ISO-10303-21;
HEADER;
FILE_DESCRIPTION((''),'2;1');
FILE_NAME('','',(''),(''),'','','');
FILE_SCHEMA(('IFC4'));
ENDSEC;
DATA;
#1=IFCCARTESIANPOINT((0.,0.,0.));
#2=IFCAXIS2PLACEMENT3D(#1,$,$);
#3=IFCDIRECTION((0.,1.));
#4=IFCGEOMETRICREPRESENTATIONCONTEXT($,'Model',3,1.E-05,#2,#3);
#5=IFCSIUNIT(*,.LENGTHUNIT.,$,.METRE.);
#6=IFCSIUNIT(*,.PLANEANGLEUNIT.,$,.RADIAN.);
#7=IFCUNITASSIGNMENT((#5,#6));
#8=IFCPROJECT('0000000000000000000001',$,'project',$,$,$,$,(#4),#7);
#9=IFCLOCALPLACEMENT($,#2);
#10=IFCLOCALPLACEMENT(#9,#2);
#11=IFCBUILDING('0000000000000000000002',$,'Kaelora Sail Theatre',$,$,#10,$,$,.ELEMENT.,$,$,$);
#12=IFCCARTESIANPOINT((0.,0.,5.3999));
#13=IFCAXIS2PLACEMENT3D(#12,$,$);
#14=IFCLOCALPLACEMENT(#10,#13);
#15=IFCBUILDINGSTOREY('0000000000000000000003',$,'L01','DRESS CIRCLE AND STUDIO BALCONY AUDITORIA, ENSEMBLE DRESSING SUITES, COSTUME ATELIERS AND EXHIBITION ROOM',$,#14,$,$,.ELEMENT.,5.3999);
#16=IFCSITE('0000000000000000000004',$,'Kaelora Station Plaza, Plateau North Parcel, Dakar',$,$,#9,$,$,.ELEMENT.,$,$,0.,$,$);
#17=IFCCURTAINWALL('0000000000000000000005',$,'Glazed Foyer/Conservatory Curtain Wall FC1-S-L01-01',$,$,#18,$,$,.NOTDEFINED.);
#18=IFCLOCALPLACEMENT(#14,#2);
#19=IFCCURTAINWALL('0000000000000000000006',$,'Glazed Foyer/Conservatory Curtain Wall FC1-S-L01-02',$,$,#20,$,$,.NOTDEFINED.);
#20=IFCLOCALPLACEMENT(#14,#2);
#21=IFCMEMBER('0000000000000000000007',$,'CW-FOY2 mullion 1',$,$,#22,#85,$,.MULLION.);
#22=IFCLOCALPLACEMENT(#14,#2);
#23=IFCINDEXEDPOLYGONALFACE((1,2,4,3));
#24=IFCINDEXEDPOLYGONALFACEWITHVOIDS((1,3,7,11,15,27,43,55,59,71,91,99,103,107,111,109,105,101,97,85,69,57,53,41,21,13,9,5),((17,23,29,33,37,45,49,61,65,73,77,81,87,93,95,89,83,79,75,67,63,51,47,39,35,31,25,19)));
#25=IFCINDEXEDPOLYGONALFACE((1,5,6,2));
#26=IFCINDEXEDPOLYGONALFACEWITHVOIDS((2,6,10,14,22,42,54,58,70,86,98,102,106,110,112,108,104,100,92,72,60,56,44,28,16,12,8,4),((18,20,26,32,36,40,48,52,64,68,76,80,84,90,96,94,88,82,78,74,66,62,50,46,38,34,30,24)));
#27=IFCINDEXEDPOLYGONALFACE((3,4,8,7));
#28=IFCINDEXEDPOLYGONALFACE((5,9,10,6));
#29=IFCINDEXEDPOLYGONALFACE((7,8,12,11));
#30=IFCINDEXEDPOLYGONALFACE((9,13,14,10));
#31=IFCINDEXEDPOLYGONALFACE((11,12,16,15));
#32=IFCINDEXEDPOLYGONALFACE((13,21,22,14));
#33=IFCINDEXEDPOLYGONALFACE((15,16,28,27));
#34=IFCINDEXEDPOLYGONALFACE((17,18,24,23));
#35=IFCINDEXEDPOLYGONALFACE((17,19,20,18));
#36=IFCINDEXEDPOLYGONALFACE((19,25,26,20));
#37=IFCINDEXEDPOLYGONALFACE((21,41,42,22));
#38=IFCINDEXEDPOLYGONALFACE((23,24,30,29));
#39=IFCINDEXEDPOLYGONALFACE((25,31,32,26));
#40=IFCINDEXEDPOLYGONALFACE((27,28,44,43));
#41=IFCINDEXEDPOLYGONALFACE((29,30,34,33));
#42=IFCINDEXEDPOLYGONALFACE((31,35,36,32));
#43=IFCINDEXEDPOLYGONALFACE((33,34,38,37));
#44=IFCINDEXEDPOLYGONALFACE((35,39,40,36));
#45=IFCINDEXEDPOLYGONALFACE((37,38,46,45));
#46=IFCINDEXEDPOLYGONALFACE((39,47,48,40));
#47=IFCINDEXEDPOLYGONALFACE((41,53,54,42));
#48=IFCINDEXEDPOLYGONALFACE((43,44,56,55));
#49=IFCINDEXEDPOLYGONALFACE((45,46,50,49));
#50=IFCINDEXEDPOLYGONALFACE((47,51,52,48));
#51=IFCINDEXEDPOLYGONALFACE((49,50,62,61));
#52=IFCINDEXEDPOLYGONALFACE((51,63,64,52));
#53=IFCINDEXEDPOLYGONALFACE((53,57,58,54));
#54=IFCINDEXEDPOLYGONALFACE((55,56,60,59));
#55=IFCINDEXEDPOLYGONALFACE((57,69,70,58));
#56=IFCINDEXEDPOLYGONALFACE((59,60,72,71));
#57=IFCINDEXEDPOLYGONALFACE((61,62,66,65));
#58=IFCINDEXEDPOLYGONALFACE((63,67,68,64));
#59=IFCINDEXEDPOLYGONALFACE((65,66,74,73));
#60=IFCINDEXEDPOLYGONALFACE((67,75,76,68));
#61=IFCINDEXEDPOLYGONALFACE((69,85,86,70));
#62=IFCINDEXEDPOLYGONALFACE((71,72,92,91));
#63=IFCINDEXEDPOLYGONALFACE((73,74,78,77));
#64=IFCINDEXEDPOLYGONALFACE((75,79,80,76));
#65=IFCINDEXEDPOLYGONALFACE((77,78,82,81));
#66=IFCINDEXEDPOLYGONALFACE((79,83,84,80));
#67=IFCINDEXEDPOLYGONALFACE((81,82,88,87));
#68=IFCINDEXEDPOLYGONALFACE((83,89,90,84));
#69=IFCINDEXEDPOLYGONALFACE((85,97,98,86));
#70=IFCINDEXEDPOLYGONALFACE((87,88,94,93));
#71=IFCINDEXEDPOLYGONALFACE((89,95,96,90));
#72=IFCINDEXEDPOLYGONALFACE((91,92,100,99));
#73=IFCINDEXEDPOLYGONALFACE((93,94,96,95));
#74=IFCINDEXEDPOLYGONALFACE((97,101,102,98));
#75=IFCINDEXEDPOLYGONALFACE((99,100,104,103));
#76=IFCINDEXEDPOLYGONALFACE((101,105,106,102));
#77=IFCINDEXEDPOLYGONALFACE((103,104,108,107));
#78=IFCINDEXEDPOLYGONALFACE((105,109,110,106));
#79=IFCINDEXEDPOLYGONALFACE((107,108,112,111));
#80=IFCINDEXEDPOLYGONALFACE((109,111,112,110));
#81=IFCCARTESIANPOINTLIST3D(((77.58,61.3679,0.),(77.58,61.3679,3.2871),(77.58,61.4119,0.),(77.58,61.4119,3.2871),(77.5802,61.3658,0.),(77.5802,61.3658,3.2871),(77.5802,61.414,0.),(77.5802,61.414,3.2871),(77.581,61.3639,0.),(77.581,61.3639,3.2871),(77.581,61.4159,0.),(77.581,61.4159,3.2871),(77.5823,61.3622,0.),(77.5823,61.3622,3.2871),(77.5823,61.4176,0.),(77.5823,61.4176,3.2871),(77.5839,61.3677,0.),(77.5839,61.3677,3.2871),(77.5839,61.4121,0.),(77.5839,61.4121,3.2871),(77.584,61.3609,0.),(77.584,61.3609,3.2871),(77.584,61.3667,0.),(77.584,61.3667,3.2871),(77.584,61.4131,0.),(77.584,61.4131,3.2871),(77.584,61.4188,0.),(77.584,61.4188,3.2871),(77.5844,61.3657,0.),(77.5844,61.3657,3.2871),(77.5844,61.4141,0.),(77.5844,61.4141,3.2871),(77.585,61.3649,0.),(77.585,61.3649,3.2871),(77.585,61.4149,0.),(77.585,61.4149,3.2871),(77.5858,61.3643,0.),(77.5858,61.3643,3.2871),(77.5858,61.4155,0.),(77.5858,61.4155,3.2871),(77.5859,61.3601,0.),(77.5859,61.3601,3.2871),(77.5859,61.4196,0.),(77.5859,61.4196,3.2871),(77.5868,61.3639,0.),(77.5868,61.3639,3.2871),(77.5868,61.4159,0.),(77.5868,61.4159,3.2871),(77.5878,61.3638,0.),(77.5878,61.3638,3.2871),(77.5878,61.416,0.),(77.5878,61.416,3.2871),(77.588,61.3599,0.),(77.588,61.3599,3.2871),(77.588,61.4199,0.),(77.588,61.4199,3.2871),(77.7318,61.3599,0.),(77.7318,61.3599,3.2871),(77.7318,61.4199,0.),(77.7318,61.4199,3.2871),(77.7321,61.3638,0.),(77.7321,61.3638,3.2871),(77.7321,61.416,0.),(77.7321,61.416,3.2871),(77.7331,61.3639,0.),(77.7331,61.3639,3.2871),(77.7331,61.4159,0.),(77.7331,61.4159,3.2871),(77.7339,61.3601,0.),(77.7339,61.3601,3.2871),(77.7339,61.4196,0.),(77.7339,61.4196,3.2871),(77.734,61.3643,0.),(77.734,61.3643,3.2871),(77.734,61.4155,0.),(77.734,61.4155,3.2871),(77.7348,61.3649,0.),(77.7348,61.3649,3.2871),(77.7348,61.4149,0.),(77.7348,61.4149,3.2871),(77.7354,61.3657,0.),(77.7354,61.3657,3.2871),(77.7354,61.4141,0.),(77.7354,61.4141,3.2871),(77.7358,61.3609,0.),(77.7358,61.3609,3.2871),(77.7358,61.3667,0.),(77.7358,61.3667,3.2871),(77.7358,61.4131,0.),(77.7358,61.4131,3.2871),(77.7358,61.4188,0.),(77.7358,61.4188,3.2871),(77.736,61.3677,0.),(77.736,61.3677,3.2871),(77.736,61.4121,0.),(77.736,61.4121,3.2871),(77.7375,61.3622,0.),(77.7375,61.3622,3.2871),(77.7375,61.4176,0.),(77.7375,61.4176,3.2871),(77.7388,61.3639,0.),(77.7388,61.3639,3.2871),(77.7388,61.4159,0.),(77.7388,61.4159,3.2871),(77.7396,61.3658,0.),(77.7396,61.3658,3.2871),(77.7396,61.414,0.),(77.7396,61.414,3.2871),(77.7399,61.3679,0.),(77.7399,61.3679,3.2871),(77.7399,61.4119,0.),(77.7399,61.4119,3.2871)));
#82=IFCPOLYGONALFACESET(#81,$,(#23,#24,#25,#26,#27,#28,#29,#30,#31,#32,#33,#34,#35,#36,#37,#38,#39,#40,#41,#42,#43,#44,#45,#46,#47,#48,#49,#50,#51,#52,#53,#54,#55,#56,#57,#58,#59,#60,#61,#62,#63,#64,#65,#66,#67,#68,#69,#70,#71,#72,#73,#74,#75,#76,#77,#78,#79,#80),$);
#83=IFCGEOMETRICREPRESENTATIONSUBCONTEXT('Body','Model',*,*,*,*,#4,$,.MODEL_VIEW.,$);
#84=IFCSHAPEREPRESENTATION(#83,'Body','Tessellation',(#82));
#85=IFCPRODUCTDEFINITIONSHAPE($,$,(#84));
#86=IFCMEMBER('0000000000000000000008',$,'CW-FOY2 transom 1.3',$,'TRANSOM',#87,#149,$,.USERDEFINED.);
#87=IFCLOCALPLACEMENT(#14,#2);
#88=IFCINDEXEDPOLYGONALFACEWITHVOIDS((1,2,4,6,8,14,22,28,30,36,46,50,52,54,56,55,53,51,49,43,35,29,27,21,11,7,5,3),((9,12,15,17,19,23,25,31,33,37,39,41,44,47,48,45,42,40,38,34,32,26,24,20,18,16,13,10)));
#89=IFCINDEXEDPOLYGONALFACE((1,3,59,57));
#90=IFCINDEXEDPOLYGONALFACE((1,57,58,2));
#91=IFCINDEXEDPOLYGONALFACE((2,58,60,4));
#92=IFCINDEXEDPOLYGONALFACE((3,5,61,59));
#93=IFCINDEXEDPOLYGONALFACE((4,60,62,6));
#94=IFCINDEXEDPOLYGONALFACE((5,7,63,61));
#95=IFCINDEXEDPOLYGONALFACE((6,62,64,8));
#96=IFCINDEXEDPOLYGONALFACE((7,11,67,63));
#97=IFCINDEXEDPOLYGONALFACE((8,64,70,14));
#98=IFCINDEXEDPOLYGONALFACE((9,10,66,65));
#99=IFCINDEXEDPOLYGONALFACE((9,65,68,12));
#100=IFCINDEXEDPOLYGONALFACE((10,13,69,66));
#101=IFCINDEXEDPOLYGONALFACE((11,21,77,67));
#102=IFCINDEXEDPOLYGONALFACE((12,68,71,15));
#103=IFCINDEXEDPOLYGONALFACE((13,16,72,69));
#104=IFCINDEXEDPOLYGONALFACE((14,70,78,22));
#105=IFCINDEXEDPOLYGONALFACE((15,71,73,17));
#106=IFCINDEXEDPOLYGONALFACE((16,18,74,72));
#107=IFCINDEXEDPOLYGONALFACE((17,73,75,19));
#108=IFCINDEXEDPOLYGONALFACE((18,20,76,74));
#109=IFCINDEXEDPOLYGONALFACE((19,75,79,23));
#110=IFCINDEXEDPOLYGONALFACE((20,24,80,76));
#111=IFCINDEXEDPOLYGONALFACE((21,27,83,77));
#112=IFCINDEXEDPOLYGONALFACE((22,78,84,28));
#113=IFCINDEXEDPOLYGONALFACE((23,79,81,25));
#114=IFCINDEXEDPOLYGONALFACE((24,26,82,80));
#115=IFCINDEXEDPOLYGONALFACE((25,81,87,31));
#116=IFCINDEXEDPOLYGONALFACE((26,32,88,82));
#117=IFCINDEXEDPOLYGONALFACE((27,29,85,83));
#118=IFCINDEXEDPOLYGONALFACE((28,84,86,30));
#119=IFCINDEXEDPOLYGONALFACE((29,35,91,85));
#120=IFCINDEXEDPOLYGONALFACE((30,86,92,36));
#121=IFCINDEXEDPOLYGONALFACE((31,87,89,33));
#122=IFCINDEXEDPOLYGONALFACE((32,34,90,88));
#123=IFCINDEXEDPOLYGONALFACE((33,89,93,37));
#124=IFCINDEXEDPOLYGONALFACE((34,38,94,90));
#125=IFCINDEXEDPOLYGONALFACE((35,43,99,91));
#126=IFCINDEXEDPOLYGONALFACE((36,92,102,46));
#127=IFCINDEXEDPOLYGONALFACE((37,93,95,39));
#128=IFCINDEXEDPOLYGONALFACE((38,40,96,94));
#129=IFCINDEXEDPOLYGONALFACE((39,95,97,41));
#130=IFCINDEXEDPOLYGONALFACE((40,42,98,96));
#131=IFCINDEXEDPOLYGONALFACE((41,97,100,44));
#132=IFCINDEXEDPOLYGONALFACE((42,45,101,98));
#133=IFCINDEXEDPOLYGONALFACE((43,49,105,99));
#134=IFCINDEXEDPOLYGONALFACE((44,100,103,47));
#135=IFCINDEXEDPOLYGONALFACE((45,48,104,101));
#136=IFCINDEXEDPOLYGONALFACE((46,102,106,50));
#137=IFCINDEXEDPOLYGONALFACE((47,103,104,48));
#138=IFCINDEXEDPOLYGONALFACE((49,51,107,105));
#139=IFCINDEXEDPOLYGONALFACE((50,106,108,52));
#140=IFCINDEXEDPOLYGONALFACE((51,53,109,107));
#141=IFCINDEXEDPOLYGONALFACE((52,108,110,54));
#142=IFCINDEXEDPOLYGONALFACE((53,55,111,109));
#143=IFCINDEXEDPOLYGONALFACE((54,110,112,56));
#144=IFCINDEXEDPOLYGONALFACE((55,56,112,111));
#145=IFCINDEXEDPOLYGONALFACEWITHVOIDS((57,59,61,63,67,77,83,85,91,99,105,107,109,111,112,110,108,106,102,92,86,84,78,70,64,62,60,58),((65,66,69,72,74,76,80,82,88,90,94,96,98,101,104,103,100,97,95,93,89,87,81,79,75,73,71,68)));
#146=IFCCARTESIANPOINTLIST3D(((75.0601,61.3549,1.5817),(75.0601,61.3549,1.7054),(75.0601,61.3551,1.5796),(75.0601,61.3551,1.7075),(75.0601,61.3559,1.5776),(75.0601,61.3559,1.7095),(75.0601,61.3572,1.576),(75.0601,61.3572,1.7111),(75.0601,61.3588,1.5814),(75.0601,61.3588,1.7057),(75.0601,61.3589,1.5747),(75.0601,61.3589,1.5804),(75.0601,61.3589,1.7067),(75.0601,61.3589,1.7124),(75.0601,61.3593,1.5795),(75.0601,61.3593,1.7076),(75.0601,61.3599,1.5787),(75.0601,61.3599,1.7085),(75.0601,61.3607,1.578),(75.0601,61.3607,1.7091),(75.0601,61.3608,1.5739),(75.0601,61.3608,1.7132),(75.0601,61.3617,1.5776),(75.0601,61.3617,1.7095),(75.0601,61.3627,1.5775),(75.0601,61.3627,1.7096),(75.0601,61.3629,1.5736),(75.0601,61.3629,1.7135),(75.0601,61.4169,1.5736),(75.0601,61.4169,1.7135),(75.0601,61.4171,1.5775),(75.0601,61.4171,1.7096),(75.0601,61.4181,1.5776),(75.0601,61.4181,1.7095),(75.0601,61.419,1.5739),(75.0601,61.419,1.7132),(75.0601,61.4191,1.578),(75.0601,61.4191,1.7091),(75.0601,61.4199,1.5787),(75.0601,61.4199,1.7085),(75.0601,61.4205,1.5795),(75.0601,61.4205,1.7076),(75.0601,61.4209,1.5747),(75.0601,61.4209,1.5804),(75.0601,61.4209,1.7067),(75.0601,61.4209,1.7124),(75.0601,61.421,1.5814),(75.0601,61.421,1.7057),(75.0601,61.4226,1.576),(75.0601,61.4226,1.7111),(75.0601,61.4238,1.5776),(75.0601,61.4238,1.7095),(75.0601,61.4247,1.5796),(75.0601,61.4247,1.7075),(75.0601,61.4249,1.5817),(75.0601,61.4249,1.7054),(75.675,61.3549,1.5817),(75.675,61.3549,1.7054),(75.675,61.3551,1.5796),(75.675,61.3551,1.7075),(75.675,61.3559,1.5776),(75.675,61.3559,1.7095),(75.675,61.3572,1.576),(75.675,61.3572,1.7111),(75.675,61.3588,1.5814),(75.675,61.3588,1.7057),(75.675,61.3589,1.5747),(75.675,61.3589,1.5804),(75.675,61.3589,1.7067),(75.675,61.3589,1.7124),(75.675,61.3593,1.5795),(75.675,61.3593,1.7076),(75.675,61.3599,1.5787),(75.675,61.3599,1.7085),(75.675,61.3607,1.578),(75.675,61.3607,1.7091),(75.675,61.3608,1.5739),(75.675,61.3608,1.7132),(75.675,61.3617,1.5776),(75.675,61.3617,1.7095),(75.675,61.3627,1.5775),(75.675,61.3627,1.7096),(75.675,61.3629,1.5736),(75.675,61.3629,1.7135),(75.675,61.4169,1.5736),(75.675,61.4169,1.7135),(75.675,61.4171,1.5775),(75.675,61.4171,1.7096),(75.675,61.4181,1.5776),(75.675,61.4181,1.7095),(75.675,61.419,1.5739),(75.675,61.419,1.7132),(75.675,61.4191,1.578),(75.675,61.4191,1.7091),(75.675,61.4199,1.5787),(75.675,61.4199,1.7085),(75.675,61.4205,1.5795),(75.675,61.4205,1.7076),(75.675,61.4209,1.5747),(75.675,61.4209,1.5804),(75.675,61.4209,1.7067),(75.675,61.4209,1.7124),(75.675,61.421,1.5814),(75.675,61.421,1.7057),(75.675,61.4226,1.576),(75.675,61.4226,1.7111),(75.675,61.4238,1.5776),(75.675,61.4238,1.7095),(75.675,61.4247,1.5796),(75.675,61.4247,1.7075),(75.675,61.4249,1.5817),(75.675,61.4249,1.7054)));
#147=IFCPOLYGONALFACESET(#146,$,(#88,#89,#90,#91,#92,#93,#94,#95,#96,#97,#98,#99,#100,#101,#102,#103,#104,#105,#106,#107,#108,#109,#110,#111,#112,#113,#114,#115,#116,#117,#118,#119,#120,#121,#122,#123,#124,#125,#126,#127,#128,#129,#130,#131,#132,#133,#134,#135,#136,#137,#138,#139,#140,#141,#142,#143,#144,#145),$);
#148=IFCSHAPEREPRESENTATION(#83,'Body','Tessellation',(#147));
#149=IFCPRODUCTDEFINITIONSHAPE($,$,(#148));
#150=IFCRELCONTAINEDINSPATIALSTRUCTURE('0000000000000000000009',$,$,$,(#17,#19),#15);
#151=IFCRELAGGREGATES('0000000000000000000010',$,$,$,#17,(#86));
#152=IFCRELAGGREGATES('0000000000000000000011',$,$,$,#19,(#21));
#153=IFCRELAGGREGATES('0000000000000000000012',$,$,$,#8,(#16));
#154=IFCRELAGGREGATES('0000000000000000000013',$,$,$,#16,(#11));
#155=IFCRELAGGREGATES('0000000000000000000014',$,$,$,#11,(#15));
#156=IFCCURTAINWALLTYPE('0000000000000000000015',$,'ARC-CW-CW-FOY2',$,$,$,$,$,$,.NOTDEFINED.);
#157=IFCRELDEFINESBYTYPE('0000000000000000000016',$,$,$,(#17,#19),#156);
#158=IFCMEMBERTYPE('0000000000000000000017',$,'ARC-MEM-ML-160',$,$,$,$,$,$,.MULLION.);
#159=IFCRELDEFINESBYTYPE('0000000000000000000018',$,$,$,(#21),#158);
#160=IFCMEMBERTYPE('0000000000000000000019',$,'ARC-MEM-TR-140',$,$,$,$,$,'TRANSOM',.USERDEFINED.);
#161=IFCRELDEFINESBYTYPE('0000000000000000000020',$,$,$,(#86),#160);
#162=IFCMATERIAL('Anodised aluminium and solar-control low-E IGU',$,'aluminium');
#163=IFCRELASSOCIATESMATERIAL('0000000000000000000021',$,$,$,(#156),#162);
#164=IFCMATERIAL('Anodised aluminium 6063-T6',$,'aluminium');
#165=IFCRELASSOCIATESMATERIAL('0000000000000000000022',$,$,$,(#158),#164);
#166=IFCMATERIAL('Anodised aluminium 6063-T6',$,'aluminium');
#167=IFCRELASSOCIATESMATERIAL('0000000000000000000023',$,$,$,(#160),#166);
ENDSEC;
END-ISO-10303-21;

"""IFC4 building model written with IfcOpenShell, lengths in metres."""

from ifc_helpers import new_model, si_unit, direction, frame, origin, origin_2d, place, context, subcontext, project, spatial, hollow_rectangle, extrude, material, material_profile, profile_set, type_object, element, aggregate, save


model = new_model("IFC4")

# Units and contexts
model_context = context("Model", 3, precision=1e-05, world=origin(), true_north=direction((0.0, 1.0)))
body_context = subcontext(model_context, "Body", "Model", "MODEL_VIEW")
ifc_project = project(units=[si_unit("LENGTHUNIT", "METRE"), si_unit("PLANEANGLEUNIT", "RADIAN")], contexts=[model_context])

# Site, building, storey
site_placement = place(None, origin())
site = spatial("IfcSite", under=ifc_project, at=site_placement, Name="Kaelora Station Plaza, Plateau North Parcel, Dakar", CompositionType="ELEMENT", RefElevation=0.0)
building_placement = place(site_placement, origin())
building = spatial("IfcBuilding", under=site, at=building_placement, Name="Kaelora Sail Theatre", CompositionType="ELEMENT")
storey_placement = place(building_placement, frame((0.0, 0.0, 5.3999)))
storey = spatial("IfcBuildingStorey", under=building, at=storey_placement, Name="L01", Description="DRESS CIRCLE AND STUDIO BALCONY AUDITORIA, ENSEMBLE DRESSING SUITES, COSTUME ATELIERS AND EXHIBITION ROOM", CompositionType="ELEMENT", Elevation=5.3999)

# Curtain wall
ifc_material_1 = material(Name="Anodised aluminium and solar-control low-E IGU", Category="aluminium")
curtain_wall_type = type_object("IfcCurtainWallType", Name="ARC-CW-CW-FOY2", PredefinedType="NOTDEFINED", material=ifc_material_1)
curtain_wall_1_placement = place(storey_placement, origin())
curtain_wall_1 = element("IfcCurtainWall", 1, at=curtain_wall_1_placement, inside=storey, type_object=curtain_wall_type, Name="Glazed Foyer/Conservatory Curtain Wall FC1-S-L01-01", PredefinedType="NOTDEFINED")
ifc_material_2 = material(Name="Anodised aluminium 6063-T6", Category="aluminium")
ifc_material_profile_1 = material_profile(ifc_material_2, hollow_rectangle(XDim=0.0601, YDim=0.1599, WallThickness=0.0039, InnerFilletRadius=0.0039, OuterFilletRadius=0.0081, at=origin_2d()), Name="ALU-MULL 60x160x4")
ifc_profile_set_1 = profile_set([ifc_material_profile_1], Name="Anodised aluminium 6063-T6")
member_type_1 = type_object("IfcMemberType", Name="ARC-MEM-ML-160", PredefinedType="MULLION", material=ifc_profile_set_1)

# Curtain wall, member
curtain_wall_2_placement = place(storey_placement, origin())
curtain_wall_2 = element("IfcCurtainWall", 2, at=curtain_wall_2_placement, inside=storey, type_object=curtain_wall_type, Name="Glazed Foyer/Conservatory Curtain Wall FC1-S-L01-02", PredefinedType="NOTDEFINED")
member_1_placement = place(storey_placement, frame((77.6599, 61.3899, 0.0), z_axis=(0.0, 0.0, 1.0), x_axis=(0.0, 1.0, 0.0)))
member_1 = element("IfcMember", 3, at=member_1_placement, type_object=member_type_1, Name="CW-FOY2 mullion 1", PredefinedType="MULLION", context=body_context, shape_type="SweptSolid", body=[
    extrude(hollow_rectangle(XDim=0.0601, YDim=0.1599, WallThickness=0.0039, InnerFilletRadius=0.0039, OuterFilletRadius=0.0081, at=origin_2d()), origin(), (0.0, 0.0, 1.0), 3.2871),
])

# Member
ifc_material_3 = material(Name="Anodised aluminium 6063-T6", Category="aluminium")
ifc_material_profile_2 = material_profile(ifc_material_3, hollow_rectangle(XDim=0.0701, YDim=0.1399, WallThickness=0.0039, InnerFilletRadius=0.0039, OuterFilletRadius=0.0081, at=origin_2d()), Name="ALU-TRAN 70x140x4")
ifc_profile_set_2 = profile_set([ifc_material_profile_2], Name="Anodised aluminium 6063-T6")
member_type_2 = type_object("IfcMemberType", Name="ARC-MEM-TR-140", ElementType="TRANSOM", PredefinedType="USERDEFINED", material=ifc_profile_set_2)
member_2_placement = place(storey_placement, frame((75.0601, 61.3899, 1.6436), z_axis=(1.0, 0.0, 0.0), x_axis=(0.0, 1.0, 0.0)))
member_2 = element("IfcMember", 4, at=member_2_placement, type_object=member_type_2, Name="CW-FOY2 transom 1.3", ObjectType="TRANSOM", PredefinedType="USERDEFINED", context=body_context, shape_type="SweptSolid", body=[
    extrude(hollow_rectangle(XDim=0.0701, YDim=0.1399, WallThickness=0.0039, InnerFilletRadius=0.0039, OuterFilletRadius=0.0081, at=origin_2d()), origin(), (0.0, 0.0, 1.0), 0.615),
])

aggregate(curtain_wall_1, [member_2])
aggregate(curtain_wall_2, [member_1])

save(model, "model.ifc")
